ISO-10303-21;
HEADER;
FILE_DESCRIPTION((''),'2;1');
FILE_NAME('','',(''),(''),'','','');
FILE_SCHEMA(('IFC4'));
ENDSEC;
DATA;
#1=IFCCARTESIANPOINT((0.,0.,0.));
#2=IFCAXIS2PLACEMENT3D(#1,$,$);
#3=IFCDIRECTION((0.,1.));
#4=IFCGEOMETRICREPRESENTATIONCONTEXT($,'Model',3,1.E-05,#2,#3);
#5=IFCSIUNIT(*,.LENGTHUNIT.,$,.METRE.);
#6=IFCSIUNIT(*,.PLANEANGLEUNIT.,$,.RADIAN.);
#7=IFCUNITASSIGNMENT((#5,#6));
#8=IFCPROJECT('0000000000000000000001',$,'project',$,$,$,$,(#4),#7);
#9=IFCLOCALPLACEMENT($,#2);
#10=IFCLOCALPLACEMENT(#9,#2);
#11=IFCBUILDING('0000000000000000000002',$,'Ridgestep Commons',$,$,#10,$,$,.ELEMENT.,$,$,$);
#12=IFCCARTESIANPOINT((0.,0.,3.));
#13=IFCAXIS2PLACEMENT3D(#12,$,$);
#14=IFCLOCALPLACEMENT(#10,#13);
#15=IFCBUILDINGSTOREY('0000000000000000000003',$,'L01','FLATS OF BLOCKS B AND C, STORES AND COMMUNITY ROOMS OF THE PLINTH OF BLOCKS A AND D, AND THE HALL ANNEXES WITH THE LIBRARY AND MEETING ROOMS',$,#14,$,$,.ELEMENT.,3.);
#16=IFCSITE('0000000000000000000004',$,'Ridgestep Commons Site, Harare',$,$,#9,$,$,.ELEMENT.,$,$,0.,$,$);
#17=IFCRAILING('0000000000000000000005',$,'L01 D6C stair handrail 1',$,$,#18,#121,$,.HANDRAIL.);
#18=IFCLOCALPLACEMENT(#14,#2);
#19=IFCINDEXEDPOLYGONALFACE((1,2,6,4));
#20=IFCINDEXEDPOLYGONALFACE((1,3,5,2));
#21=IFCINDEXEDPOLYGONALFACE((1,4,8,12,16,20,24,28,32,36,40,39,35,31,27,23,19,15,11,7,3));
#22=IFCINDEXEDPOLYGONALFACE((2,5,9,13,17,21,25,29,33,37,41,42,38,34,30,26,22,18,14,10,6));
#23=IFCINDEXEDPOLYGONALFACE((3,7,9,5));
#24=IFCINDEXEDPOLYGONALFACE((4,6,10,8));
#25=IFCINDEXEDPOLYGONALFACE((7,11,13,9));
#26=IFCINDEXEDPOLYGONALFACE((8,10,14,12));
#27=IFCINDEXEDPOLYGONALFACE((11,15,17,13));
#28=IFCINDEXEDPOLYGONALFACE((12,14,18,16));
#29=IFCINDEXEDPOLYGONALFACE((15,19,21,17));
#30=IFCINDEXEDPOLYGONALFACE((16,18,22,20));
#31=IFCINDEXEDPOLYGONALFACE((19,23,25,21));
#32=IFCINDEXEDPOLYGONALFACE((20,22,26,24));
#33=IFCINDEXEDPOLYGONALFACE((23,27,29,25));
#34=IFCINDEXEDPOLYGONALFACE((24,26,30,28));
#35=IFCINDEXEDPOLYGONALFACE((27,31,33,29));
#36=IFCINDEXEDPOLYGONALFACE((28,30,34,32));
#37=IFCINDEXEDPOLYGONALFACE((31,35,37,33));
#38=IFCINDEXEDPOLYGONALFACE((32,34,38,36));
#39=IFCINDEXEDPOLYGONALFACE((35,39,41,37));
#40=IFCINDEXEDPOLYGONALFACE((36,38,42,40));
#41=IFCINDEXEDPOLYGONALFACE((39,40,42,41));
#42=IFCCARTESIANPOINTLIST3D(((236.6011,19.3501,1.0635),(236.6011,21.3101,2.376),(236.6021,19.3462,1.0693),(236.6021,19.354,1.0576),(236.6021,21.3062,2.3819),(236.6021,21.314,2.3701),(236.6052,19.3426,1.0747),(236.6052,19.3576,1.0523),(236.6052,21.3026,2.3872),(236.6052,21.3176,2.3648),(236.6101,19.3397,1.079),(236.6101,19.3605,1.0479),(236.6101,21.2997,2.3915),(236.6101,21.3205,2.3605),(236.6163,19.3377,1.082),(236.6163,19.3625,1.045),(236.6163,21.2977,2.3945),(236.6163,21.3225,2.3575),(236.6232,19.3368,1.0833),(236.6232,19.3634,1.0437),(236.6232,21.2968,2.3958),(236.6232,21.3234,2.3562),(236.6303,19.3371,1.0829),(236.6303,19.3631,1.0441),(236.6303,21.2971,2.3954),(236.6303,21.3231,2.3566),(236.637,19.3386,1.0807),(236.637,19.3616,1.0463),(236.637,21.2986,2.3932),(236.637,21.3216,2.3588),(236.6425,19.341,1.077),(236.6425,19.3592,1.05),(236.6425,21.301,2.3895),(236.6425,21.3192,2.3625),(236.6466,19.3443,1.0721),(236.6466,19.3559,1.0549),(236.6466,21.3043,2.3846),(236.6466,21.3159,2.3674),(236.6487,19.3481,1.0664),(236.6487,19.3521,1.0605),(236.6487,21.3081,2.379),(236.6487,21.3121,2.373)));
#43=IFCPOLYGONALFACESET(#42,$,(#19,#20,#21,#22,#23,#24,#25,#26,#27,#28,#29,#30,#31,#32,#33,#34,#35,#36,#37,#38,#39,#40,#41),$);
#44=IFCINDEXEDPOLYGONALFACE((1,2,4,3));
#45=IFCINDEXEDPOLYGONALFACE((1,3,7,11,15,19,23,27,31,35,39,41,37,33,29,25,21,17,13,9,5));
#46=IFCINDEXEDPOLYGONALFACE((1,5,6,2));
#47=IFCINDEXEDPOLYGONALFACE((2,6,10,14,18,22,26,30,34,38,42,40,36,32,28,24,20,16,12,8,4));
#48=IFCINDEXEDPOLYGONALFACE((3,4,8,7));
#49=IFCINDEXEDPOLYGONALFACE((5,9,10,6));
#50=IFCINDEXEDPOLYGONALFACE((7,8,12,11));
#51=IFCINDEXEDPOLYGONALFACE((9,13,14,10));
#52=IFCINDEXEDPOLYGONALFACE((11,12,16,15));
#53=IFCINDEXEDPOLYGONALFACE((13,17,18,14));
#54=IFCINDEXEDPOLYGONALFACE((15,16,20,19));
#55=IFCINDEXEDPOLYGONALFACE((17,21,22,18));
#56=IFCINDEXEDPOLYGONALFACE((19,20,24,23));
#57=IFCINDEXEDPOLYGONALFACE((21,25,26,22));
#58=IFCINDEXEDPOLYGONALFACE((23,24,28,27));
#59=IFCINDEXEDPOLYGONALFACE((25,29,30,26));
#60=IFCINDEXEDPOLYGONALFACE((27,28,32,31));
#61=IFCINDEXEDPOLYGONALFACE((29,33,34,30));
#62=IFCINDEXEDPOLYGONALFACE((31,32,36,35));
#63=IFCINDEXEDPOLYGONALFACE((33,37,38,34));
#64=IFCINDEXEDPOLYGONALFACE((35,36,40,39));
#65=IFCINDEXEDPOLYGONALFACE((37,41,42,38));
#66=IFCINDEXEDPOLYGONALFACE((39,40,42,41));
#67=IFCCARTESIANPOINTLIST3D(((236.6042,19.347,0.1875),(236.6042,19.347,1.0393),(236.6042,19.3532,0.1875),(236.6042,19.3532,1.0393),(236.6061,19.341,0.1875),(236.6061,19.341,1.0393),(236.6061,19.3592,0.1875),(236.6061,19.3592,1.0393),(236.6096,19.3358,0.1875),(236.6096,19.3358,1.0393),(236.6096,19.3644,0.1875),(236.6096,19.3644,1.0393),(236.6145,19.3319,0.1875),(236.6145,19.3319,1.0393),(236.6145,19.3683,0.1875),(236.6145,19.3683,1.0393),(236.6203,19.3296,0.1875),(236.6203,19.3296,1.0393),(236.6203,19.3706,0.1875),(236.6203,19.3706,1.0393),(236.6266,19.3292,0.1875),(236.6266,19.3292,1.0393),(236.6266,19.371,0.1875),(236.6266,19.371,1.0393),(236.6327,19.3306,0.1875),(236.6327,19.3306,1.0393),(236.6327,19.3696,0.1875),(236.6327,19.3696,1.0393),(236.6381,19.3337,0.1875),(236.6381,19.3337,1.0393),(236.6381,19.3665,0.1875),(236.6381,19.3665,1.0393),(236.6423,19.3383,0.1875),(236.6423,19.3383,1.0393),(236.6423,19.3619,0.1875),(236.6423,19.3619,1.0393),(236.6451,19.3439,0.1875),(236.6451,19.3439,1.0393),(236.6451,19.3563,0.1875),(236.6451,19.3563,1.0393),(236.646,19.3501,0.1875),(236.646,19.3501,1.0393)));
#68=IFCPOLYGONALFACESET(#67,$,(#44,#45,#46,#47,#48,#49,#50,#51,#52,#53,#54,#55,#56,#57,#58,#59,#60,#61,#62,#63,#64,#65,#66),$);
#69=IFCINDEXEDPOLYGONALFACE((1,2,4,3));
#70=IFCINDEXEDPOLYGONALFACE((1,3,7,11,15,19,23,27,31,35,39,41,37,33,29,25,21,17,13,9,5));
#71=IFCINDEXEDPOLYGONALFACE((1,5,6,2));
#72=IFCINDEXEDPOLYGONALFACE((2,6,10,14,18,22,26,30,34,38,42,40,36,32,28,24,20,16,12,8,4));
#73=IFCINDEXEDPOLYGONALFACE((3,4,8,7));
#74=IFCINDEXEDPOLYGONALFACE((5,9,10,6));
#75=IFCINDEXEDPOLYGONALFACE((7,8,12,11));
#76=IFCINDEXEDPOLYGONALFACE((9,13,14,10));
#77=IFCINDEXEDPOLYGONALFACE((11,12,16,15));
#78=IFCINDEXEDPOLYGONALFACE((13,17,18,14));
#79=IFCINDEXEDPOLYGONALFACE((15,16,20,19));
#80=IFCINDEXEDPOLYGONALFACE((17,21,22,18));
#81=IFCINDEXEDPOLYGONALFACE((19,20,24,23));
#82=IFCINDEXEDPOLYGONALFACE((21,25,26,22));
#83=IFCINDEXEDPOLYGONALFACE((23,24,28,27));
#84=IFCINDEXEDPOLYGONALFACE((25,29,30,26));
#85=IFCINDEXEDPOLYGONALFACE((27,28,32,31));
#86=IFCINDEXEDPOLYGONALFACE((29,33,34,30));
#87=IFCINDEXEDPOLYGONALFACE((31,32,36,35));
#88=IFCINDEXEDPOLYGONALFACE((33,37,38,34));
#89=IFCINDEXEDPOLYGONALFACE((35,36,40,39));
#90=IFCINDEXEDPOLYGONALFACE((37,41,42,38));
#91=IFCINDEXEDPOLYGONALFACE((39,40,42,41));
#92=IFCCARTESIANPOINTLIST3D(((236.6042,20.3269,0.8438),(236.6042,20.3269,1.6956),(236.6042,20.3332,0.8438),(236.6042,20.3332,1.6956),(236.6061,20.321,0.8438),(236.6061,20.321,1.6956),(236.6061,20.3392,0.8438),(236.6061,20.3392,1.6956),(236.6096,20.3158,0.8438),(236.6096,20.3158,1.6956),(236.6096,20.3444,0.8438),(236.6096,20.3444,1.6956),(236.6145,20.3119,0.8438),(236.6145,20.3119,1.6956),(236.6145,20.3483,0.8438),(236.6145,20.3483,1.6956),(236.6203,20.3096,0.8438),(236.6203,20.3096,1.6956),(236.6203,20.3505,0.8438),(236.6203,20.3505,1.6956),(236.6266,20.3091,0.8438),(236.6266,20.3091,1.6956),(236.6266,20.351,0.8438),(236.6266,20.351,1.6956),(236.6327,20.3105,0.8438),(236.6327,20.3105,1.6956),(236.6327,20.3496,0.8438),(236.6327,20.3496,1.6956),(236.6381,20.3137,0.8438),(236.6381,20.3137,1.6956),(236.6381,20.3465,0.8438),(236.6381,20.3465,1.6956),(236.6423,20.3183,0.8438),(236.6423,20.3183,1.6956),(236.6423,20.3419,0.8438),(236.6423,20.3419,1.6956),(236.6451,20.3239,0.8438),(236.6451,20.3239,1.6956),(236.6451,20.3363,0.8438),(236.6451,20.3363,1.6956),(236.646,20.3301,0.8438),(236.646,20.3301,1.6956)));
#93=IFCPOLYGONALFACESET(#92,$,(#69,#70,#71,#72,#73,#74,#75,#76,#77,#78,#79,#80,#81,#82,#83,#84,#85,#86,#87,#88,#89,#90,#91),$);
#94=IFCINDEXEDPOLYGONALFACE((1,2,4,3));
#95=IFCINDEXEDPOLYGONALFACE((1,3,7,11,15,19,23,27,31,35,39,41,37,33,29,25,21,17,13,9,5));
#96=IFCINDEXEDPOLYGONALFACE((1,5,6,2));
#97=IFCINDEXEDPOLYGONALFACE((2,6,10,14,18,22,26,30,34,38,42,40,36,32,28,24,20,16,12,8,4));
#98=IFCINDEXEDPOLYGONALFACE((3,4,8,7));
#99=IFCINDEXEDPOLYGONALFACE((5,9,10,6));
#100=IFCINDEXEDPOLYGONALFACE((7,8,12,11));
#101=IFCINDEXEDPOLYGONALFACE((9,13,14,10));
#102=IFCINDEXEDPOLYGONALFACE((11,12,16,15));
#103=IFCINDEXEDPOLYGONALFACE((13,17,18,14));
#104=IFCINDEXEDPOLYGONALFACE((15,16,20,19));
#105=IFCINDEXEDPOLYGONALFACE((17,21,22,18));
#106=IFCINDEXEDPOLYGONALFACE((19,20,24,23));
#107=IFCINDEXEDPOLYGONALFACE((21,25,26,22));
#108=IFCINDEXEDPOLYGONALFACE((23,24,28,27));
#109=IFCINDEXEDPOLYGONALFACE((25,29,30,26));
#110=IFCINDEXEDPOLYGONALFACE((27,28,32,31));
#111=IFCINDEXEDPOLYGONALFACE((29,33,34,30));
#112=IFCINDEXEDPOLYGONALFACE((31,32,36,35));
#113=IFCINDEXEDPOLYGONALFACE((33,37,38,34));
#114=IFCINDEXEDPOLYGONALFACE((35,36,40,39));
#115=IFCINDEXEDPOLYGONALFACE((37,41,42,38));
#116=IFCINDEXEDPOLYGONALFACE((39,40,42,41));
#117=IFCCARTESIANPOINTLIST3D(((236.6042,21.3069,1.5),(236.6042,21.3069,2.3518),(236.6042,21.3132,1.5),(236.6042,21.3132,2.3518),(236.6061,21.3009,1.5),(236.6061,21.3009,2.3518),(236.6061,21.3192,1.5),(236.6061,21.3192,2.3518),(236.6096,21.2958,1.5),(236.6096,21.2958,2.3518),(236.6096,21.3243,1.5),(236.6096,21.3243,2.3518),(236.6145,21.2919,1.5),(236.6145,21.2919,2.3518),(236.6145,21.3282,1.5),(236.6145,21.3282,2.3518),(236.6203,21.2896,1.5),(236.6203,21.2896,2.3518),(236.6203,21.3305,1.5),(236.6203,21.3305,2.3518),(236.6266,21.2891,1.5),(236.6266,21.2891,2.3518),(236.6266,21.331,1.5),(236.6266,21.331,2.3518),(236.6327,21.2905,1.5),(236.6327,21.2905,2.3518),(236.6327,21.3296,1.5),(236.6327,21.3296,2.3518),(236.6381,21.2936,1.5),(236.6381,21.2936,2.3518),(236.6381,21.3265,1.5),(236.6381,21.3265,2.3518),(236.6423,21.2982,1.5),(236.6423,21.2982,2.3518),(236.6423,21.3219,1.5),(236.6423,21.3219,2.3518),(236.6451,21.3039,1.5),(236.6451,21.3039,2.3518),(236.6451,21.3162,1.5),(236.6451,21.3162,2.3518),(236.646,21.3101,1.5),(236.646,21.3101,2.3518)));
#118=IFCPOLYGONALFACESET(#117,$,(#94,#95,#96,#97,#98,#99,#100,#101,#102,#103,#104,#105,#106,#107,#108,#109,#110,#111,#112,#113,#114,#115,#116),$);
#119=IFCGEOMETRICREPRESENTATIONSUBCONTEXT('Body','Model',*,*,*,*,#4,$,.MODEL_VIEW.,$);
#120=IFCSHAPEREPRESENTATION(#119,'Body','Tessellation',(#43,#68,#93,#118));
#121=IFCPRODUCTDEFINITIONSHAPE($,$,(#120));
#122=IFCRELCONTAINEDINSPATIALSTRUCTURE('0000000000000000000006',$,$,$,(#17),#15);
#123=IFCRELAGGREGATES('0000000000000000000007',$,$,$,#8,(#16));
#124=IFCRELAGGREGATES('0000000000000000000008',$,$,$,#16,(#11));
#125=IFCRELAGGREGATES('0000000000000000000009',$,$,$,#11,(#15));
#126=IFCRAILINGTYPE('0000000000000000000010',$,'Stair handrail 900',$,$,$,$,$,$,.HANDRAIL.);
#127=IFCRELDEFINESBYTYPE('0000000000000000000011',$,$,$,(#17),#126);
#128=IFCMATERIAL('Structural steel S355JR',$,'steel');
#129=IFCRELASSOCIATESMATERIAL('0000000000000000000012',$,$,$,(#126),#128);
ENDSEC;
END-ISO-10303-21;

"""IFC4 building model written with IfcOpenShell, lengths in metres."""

from ifc_helpers import new_model, si_unit, direction, frame, origin, origin_2d, place, context, subcontext, project, spatial, circle, extrude, material, type_object, element, save


model = new_model("IFC4")

# Units and contexts
model_context = context("Model", 3, precision=1e-05, world=origin(), true_north=direction((0.0, 1.0)))
body_context = subcontext(model_context, "Body", "Model", "MODEL_VIEW")
ifc_project = project(units=[si_unit("LENGTHUNIT", "METRE"), si_unit("PLANEANGLEUNIT", "RADIAN")], contexts=[model_context])

# Site, building, storey
site_placement = place(None, origin())
site = spatial("IfcSite", under=ifc_project, at=site_placement, Name="Ridgestep Commons Site, Harare", CompositionType="ELEMENT", RefElevation=0.0)
building_placement = place(site_placement, origin())
building = spatial("IfcBuilding", under=site, at=building_placement, Name="Ridgestep Commons", CompositionType="ELEMENT")
storey_placement = place(building_placement, frame((0.0, 0.0, 3.0)))
storey = spatial("IfcBuildingStorey", under=building, at=storey_placement, Name="L01", Description="FLATS OF BLOCKS B AND C, STORES AND COMMUNITY ROOMS OF THE PLINTH OF BLOCKS A AND D, AND THE HALL ANNEXES WITH THE LIBRARY AND MEETING ROOMS", CompositionType="ELEMENT", Elevation=3.0)

# Railing
ifc_material_1 = material(Name="Structural steel S355JR", Category="steel")
railing_type_1 = type_object("IfcRailingType", Name="Stair handrail 900", PredefinedType="HANDRAIL", material=ifc_material_1)
railing_1_placement = place(storey_placement, frame((236.625, 19.3501, 0.1875)))
element("IfcRailing", 1, at=railing_1_placement, inside=storey, type_object=railing_type_1, Name="L01 D6C stair handrail 1", PredefinedType="HANDRAIL", context=body_context, shape_type="SweptSolid", body=[
    extrude(circle(Radius=0.0239, at=origin_2d()), frame((0.0, 0.0, 0.876), z_axis=(0.0, 0.830902, 0.556419), x_axis=(-1.0, 0.0, 0.0)), (0.0, 0.0, 1.0), 2.3589),
    extrude(circle(Radius=0.021, at=origin_2d()), origin(), (0.0, 0.0, 1.0), 0.8518),
    extrude(circle(Radius=0.021, at=origin_2d()), frame((0.0, 0.98, 0.6562)), (0.0, 0.0, 1.0), 0.8518),
    extrude(circle(Radius=0.021, at=origin_2d()), frame((0.0, 1.96, 1.3125)), (0.0, 0.0, 1.0), 0.8518),
])

save(model, "model.ifc")
